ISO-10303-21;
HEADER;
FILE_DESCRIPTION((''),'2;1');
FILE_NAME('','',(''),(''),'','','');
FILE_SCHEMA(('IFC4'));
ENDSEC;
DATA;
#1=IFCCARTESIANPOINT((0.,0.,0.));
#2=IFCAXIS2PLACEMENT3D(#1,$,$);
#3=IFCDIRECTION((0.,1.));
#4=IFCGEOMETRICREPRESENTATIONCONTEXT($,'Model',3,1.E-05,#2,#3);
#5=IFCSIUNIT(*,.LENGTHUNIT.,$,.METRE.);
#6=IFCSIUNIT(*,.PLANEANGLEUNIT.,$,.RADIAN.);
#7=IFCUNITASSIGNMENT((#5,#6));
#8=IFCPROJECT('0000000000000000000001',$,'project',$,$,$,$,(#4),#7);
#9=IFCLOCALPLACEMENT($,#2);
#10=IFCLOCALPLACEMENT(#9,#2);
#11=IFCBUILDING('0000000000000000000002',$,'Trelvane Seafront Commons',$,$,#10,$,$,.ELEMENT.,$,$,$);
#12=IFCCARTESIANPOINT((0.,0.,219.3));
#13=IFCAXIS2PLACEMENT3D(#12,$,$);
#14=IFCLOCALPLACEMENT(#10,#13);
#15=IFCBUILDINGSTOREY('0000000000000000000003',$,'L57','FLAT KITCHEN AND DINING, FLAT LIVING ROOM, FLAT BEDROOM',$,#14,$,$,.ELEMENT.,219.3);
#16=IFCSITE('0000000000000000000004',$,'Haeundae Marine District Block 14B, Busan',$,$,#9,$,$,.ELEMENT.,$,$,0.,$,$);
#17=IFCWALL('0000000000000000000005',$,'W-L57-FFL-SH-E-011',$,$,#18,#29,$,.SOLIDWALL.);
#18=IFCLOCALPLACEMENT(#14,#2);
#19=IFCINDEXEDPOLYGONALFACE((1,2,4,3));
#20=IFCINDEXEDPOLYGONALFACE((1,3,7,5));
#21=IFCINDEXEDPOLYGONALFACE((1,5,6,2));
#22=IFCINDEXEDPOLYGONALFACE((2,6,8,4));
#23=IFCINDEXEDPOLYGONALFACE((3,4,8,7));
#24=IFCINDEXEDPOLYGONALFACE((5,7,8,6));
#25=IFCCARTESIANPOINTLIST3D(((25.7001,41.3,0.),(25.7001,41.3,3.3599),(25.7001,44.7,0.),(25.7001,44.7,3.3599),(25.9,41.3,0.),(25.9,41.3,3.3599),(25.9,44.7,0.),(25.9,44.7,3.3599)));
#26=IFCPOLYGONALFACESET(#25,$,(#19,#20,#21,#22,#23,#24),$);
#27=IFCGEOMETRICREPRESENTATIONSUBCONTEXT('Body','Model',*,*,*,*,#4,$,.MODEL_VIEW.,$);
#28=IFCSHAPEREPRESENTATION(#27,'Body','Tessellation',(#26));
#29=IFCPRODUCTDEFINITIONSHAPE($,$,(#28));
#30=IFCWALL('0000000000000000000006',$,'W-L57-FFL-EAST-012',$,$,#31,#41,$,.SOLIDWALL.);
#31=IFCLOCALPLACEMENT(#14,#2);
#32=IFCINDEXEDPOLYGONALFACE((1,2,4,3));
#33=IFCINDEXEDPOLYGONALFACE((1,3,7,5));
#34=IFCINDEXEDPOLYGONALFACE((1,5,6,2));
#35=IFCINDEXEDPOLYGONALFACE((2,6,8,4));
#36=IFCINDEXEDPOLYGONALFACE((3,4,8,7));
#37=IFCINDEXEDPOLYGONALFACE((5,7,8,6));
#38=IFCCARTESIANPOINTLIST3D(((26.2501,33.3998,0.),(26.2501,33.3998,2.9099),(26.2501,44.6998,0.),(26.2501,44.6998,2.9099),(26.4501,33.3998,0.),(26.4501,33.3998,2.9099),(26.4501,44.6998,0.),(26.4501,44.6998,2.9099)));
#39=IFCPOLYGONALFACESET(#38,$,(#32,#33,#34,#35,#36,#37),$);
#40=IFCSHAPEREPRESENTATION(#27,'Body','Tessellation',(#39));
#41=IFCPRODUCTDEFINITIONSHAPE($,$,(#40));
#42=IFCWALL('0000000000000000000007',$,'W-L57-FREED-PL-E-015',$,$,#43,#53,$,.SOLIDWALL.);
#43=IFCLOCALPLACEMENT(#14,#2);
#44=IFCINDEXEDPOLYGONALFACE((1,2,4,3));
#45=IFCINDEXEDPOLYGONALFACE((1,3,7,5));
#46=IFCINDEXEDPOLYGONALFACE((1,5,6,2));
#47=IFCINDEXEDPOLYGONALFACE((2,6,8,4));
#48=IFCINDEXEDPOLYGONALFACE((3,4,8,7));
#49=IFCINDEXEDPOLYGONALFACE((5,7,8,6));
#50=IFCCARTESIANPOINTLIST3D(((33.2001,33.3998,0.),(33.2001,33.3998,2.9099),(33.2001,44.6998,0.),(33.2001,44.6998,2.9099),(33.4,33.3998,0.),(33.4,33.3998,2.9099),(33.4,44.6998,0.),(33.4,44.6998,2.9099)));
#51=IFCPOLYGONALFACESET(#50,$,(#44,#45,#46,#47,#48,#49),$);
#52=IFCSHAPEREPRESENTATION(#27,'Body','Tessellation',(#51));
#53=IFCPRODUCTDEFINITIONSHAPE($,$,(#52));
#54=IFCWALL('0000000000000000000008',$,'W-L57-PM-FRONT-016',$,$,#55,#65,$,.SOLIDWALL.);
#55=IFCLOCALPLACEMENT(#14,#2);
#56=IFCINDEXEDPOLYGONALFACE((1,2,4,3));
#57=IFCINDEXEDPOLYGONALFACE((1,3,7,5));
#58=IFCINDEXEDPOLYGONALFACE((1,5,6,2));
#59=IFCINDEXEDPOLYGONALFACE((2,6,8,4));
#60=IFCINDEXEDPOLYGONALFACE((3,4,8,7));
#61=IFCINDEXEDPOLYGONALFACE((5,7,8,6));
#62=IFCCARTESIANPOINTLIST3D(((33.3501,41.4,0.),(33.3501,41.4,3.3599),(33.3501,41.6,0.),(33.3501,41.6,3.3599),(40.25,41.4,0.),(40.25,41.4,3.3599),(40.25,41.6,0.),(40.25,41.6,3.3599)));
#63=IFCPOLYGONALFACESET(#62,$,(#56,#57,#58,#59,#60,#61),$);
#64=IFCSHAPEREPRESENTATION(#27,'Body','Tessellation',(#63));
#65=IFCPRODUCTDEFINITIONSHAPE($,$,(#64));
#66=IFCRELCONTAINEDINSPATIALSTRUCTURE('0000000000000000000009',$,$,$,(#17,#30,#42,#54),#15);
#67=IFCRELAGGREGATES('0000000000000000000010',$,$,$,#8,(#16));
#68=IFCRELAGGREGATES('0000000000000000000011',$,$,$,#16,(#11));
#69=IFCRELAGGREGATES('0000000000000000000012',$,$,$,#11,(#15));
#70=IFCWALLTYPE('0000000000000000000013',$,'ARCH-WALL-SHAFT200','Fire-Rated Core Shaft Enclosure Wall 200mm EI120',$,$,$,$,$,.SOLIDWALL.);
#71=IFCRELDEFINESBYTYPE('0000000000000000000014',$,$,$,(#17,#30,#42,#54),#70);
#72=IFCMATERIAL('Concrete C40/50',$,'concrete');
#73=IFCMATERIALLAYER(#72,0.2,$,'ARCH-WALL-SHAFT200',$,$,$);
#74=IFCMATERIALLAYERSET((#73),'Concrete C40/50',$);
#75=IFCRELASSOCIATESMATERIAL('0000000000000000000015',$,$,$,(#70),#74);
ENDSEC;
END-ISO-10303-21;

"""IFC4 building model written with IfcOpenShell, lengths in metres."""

from ifc_helpers import new_model, si_unit, direction, frame, frame_2d, origin, place, context, subcontext, project, spatial, rectangle, extrude, material, layer, layer_set, type_object, element, save


model = new_model("IFC4")

# Units and contexts
model_context = context("Model", 3, precision=1e-05, world=origin(), true_north=direction((0.0, 1.0)))
body_context = subcontext(model_context, "Body", "Model", "MODEL_VIEW")
ifc_project = project(units=[si_unit("LENGTHUNIT", "METRE"), si_unit("PLANEANGLEUNIT", "RADIAN")], contexts=[model_context])

# Site, building, storey
site_placement = place(None, origin())
site = spatial("IfcSite", under=ifc_project, at=site_placement, Name="Haeundae Marine District Block 14B, Busan", CompositionType="ELEMENT", RefElevation=0.0)
building_placement = place(site_placement, origin())
building = spatial("IfcBuilding", under=site, at=building_placement, Name="Trelvane Seafront Commons", CompositionType="ELEMENT")
storey_placement = place(building_placement, frame((0.0, 0.0, 219.3)))
storey = spatial("IfcBuildingStorey", under=building, at=storey_placement, Name="L57", Description="FLAT KITCHEN AND DINING, FLAT LIVING ROOM, FLAT BEDROOM", CompositionType="ELEMENT", Elevation=219.3)

# Shared definitions
ifc_material_1 = material(Name="Concrete C40/50", Category="concrete")

# Walls
ifc_layer_1 = layer(ifc_material_1, 0.2, Name="ARCH-WALL-SHAFT200")
ifc_layer_set_1 = layer_set([ifc_layer_1], Name="Concrete C40/50")
wall_type_1 = type_object("IfcWallType", Name="ARCH-WALL-SHAFT200", Description="Fire-Rated Core Shaft Enclosure Wall 200mm EI120", PredefinedType="SOLIDWALL", material=ifc_layer_set_1)
for number, where, z_axis, x_axis, name in (
    (1, (25.8, 41.3, 0.0), (0.0, 0.0, 1.0), (0.0, 1.0, 0.0), "W-L57-FFL-SH-E-011"),
):
    element("IfcWall", number, at=place(storey_placement, frame(where, z_axis=z_axis, x_axis=x_axis)), inside=storey, type_object=wall_type_1, Name=name, PredefinedType="SOLIDWALL", context=body_context, shape_type="SweptSolid", body=[
        extrude(rectangle(XDim=3.3999, YDim=0.2, at=frame_2d((1.7, 0.0))), origin(), (0.0, 0.0, 1.0), 3.3599),
    ])
for number, where, z_axis, x_axis, name in (
    (2, (26.3501, 33.3999, 0.0), (0.0, 0.0, 1.0), (0.0, 1.0, 0.0), "W-L57-FFL-EAST-012"),
    (3, (33.3, 33.3999, 0.0), (0.0, 0.0, 1.0), (0.0, 1.0, 0.0), "W-L57-FREED-PL-E-015"),
):
    element("IfcWall", number, at=place(storey_placement, frame(where, z_axis=z_axis, x_axis=x_axis)), inside=storey, type_object=wall_type_1, Name=name, PredefinedType="SOLIDWALL", context=body_context, shape_type="SweptSolid", body=[
        extrude(rectangle(XDim=11.3, YDim=0.2, at=frame_2d((5.6499, 0.0))), origin(), (0.0, 0.0, 1.0), 2.9099),
    ])
wall_1_placement = place(storey_placement, frame((33.3501, 41.5, 0.0), z_axis=(0.0, 0.0, 1.0), x_axis=(1.0, 0.0, 0.0)))
element("IfcWall", 4, at=wall_1_placement, inside=storey, type_object=wall_type_1, Name="W-L57-PM-FRONT-016", PredefinedType="SOLIDWALL", context=body_context, shape_type="SweptSolid", body=[
    extrude(rectangle(XDim=6.8999, YDim=0.2, at=frame_2d((3.45, 0.0))), origin(), (0.0, 0.0, 1.0), 3.3599),
])

save(model, "model.ifc")
